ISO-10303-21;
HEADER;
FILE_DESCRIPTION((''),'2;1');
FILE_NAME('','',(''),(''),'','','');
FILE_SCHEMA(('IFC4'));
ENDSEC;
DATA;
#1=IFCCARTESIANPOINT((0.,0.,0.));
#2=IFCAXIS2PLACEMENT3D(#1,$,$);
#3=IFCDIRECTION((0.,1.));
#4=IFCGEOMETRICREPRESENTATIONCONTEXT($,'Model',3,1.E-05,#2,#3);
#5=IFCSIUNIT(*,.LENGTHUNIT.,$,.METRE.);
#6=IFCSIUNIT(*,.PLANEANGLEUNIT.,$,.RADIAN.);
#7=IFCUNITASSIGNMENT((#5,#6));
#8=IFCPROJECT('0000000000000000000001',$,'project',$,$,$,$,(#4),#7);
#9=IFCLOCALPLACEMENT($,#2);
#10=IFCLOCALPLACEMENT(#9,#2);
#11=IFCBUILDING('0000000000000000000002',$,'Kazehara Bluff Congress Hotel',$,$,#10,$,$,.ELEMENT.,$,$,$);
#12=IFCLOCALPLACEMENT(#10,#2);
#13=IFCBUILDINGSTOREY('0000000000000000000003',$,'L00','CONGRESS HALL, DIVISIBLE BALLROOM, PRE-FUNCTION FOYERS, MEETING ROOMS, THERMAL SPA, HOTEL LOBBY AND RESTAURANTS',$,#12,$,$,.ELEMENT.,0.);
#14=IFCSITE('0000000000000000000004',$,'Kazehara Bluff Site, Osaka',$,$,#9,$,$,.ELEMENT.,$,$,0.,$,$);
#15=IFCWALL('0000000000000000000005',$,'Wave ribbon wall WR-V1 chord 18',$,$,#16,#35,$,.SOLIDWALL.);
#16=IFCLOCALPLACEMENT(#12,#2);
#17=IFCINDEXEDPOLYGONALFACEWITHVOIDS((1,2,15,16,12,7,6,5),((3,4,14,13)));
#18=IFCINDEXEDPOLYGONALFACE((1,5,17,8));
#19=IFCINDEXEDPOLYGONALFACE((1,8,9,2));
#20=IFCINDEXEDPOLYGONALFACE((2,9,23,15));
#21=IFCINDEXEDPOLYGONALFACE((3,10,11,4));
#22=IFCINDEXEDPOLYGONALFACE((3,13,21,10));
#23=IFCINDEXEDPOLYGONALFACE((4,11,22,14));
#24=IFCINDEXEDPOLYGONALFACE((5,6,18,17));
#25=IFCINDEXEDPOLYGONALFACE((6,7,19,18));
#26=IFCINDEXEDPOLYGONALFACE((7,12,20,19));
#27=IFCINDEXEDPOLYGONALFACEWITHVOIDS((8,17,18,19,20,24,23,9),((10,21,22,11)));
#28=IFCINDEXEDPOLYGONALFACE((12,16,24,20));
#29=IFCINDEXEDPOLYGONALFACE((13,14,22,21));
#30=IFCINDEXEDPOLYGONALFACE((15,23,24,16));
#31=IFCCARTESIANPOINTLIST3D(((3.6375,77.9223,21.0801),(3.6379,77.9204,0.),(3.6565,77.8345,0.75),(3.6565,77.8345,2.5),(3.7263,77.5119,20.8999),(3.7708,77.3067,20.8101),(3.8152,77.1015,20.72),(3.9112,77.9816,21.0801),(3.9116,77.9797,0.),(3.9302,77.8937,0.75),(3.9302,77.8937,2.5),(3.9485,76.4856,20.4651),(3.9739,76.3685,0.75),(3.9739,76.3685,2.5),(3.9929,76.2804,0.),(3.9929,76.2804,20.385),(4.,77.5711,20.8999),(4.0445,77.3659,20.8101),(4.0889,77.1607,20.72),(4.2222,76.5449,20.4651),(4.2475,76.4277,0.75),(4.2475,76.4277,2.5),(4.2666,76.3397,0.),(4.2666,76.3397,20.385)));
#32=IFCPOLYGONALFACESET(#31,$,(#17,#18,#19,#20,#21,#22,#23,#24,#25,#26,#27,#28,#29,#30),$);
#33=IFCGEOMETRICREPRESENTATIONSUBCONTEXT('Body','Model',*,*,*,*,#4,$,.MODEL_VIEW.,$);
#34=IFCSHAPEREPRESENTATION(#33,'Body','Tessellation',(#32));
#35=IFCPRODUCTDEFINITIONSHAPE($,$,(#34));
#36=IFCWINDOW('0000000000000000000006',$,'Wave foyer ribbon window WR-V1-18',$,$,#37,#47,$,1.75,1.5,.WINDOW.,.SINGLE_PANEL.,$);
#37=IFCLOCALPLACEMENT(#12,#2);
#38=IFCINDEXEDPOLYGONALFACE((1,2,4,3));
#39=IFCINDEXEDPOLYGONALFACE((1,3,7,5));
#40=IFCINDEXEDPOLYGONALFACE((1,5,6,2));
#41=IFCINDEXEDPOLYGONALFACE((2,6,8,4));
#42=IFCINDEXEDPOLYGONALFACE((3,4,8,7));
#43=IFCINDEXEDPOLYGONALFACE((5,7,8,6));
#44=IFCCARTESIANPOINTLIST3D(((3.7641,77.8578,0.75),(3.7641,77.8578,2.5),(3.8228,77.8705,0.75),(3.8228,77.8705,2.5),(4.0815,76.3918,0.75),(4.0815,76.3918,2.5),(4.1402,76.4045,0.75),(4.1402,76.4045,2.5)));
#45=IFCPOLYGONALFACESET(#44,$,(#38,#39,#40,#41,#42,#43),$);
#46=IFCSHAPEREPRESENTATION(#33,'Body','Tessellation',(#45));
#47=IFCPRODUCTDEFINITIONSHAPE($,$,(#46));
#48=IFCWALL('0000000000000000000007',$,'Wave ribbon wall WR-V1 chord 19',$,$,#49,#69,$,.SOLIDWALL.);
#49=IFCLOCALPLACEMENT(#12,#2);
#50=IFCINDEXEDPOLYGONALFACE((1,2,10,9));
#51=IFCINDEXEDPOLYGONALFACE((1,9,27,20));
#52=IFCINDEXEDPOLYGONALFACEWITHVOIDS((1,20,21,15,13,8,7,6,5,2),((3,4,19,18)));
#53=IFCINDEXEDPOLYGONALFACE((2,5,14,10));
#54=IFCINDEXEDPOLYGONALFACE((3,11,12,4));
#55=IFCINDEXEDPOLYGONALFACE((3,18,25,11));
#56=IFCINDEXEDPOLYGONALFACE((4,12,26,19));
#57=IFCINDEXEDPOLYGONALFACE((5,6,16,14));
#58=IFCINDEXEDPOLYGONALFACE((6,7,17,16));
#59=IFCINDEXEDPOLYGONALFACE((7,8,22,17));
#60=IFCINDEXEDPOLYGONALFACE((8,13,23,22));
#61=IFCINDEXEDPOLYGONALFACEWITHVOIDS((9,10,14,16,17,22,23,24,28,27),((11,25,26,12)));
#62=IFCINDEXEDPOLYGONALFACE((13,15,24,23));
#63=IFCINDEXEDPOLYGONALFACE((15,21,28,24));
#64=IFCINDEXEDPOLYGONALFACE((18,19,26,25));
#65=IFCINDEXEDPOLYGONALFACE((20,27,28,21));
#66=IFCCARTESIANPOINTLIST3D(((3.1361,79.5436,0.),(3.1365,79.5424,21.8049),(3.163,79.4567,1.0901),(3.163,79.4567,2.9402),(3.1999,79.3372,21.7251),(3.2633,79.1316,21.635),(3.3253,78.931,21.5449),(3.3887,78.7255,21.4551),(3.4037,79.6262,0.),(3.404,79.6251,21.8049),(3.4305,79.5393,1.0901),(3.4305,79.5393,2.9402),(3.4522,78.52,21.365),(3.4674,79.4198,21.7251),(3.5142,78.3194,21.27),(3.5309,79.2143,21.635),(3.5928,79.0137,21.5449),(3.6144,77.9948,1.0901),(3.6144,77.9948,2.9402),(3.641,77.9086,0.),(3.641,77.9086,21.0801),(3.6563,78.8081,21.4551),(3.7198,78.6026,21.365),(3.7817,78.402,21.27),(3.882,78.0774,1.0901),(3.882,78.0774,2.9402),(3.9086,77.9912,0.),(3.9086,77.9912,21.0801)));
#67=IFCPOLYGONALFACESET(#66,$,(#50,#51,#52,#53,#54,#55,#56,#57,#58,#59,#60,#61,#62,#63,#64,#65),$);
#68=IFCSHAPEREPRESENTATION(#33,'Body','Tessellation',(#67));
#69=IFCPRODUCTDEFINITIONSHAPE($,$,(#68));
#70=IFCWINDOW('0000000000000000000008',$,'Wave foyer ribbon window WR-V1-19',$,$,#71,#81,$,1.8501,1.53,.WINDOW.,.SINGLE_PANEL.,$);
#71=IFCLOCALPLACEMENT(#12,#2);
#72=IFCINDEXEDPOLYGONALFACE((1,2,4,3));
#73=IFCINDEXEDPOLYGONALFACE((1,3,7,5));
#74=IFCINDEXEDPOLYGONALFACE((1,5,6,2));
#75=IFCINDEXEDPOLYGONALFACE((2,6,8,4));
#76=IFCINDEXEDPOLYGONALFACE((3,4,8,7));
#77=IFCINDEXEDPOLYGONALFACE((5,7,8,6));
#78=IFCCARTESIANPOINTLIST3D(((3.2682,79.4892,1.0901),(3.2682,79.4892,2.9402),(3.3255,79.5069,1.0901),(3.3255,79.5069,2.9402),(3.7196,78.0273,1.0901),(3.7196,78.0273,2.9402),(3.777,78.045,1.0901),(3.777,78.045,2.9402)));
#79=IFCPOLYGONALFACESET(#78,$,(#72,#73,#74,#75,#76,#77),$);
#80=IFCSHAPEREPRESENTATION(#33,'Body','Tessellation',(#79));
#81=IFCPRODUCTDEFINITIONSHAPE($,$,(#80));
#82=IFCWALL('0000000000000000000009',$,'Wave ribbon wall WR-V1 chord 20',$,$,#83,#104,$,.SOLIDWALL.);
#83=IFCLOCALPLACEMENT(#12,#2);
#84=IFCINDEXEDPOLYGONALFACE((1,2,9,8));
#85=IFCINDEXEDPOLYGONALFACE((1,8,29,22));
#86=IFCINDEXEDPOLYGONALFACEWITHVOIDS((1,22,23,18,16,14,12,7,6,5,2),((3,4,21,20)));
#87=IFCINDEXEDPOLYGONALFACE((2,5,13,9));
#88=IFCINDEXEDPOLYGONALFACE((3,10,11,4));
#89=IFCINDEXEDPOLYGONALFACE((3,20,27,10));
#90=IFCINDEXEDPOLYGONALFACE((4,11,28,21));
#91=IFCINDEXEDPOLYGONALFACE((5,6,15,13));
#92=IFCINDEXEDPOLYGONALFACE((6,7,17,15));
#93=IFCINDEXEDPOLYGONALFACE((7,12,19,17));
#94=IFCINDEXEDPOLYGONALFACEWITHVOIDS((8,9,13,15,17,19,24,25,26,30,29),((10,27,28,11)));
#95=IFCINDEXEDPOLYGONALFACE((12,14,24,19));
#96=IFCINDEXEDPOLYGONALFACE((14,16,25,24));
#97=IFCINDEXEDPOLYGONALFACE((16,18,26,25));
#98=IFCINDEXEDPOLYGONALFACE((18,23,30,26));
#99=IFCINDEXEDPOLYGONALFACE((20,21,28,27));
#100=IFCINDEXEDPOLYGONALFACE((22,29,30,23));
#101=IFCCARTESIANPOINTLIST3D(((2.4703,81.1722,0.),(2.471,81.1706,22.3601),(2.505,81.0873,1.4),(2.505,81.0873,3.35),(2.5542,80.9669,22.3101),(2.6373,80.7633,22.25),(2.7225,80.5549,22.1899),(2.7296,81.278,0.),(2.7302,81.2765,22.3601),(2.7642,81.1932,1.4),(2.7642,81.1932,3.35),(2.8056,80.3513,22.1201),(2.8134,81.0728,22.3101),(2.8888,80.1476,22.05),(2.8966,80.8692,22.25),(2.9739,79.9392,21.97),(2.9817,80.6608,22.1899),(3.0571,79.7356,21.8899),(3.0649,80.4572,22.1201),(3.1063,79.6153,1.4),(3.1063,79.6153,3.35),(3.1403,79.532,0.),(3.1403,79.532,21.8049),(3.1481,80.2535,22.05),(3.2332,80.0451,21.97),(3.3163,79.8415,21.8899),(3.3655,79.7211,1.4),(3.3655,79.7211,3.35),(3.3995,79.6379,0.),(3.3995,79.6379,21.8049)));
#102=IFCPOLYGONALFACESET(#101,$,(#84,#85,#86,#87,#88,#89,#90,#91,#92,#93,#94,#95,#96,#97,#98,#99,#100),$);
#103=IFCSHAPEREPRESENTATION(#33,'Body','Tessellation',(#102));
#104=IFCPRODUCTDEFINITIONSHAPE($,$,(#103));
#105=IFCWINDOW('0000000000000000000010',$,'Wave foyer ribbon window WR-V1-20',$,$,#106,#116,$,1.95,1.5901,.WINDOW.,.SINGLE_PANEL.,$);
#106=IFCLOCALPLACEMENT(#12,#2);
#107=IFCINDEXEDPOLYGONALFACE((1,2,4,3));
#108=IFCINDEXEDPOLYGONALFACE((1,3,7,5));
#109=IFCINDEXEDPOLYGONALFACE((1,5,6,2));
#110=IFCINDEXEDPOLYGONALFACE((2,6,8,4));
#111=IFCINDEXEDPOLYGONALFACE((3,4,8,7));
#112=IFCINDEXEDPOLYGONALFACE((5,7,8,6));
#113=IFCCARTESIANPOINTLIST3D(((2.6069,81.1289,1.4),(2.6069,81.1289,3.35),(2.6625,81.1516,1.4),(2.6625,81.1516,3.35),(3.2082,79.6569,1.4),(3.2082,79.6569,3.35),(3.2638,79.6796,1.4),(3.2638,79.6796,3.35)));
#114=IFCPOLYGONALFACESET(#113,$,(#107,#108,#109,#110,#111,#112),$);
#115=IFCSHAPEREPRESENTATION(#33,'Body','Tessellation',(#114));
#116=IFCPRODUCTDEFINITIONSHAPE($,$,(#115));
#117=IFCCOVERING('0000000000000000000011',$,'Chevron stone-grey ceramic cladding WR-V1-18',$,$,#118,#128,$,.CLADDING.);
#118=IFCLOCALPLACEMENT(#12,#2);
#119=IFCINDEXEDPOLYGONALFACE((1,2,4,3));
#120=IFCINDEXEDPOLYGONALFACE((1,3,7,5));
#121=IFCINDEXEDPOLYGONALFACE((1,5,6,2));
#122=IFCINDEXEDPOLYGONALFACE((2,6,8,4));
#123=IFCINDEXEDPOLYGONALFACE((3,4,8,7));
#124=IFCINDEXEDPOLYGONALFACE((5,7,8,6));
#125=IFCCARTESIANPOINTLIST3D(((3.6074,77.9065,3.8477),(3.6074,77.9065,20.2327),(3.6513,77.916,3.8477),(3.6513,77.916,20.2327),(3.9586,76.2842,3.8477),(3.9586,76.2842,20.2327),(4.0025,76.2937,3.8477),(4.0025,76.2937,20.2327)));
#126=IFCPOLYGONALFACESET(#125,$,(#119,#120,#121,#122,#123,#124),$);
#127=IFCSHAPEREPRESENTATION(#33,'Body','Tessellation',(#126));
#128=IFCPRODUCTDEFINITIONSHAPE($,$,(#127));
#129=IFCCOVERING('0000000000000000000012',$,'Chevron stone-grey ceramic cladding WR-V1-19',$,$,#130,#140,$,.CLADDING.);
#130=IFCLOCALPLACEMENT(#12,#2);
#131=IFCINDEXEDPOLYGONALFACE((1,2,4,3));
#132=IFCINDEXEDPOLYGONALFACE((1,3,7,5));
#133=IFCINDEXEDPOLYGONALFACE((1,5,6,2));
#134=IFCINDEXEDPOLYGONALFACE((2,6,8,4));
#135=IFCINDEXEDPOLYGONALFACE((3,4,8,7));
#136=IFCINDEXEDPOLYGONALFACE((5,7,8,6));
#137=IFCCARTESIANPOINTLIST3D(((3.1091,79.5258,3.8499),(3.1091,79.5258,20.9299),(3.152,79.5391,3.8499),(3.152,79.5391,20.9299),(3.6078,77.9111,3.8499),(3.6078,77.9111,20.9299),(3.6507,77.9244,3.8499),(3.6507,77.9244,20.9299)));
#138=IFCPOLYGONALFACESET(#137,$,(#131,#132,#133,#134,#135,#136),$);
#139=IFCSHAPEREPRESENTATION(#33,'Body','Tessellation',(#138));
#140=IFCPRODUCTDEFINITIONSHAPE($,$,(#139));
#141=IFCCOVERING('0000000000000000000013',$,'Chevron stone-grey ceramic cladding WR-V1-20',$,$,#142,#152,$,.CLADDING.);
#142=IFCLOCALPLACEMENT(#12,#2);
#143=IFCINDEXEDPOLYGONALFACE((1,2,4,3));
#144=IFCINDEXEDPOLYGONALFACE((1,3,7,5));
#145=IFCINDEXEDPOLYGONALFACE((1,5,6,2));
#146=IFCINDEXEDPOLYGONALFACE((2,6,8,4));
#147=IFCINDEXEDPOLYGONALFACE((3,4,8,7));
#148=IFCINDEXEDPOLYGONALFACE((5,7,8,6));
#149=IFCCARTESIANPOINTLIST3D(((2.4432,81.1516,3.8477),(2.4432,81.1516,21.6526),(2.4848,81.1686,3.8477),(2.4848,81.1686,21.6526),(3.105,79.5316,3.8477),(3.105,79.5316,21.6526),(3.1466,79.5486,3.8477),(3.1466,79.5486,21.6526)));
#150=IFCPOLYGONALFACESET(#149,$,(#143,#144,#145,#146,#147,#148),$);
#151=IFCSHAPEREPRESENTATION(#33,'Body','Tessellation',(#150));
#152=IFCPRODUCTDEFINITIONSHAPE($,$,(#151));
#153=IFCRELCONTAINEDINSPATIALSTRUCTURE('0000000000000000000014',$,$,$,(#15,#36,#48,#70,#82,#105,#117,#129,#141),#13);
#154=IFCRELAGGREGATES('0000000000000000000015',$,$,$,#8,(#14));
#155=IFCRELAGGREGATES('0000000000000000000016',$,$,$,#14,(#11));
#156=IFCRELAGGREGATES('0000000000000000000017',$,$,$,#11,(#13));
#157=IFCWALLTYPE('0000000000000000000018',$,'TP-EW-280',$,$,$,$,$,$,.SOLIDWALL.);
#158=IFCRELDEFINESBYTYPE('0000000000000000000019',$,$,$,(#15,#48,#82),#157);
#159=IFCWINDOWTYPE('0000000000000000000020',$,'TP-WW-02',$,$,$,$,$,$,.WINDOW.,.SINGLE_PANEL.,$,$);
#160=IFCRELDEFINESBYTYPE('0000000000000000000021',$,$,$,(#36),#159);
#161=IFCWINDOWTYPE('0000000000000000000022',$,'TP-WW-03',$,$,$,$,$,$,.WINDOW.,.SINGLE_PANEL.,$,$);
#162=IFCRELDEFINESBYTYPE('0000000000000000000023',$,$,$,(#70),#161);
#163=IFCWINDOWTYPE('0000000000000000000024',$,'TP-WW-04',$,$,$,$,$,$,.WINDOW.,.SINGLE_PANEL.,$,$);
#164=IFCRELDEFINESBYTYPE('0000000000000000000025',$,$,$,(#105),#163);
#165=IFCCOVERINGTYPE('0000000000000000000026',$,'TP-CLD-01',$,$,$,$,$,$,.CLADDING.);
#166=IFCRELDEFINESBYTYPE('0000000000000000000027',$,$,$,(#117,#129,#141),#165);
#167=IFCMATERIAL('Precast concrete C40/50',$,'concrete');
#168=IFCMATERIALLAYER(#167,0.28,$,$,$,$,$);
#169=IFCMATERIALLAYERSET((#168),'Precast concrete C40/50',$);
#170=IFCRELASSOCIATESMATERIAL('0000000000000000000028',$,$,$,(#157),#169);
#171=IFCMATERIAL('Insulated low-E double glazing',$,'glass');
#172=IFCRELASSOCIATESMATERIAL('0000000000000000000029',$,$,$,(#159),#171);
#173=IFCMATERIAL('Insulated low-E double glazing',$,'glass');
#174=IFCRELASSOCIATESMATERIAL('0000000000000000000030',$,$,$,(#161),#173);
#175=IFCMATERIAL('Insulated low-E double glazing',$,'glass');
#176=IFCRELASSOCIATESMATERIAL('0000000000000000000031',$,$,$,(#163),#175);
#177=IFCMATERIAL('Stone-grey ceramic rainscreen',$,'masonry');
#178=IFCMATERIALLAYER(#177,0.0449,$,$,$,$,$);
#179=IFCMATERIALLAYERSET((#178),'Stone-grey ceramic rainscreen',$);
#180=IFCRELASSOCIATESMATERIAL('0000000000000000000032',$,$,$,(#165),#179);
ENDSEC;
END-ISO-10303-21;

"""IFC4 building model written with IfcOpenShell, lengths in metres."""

from ifc_helpers import new_model, si_unit, direction, frame, frame_2d, origin, origin_2d, place, context, subcontext, project, spatial, polyline, rectangle, outline, extrude, material, layer, layer_set, type_object, element, fill, save


model = new_model("IFC4")

# Units and contexts
model_context = context("Model", 3, precision=1e-05, world=origin(), true_north=direction((0.0, 1.0)))
body_context = subcontext(model_context, "Body", "Model", "MODEL_VIEW")
ifc_project = project(units=[si_unit("LENGTHUNIT", "METRE"), si_unit("PLANEANGLEUNIT", "RADIAN")], contexts=[model_context])

# Site, building, storey
site_placement = place(None, origin())
site = spatial("IfcSite", under=ifc_project, at=site_placement, Name="Kazehara Bluff Site, Osaka", CompositionType="ELEMENT", RefElevation=0.0)
building_placement = place(site_placement, origin())
building = spatial("IfcBuilding", under=site, at=building_placement, Name="Kazehara Bluff Congress Hotel", CompositionType="ELEMENT")
storey_placement = place(building_placement, origin())
storey = spatial("IfcBuildingStorey", under=building, at=storey_placement, Name="L00", Description="CONGRESS HALL, DIVISIBLE BALLROOM, PRE-FUNCTION FOYERS, MEETING ROOMS, THERMAL SPA, HOTEL LOBBY AND RESTAURANTS", CompositionType="ELEMENT", Elevation=0.0)

# Walls, openings, windows
ifc_material_1 = material(Name="Precast concrete C40/50", Category="concrete")
ifc_layer_1 = layer(ifc_material_1, 0.28)
ifc_layer_set_1 = layer_set([ifc_layer_1], Name="Precast concrete C40/50")
wall_type = type_object("IfcWallType", Name="TP-EW-280", PredefinedType="SOLIDWALL", material=ifc_layer_set_1)
wall_1_placement = place(storey_placement, frame((4.1299, 76.3101, 0.0), z_axis=(0.0, 0.0, 1.0), x_axis=(-0.211566, 0.977364, 0.0)))
wall_1 = element("IfcWall", 1, at=wall_1_placement, inside=storey, type_object=wall_type, Name="Wave ribbon wall WR-V1 chord 18", PredefinedType="SOLIDWALL", context=body_context, shape_type="SweptSolid", body=[
    extrude(outline(polyline([(0.0, 0.0), (1.678, 0.0), (1.6799, 21.0801), (1.47, 20.99), (1.26, 20.8999), (1.05, 20.8101), (0.8401, 20.72), (0.6299, 20.635), (0.4199, 20.55), (0.21, 20.4651), (0.0, 20.385), (0.0, 0.0)])), frame((0.0, 0.1401, 0.0), z_axis=(0.0, -1.0, 0.0), x_axis=(1.0, 0.0, 0.0)), (0.0, 0.0, 1.0), 0.28),
])
opening_1_placement = place(wall_1_placement, frame((0.0901, 0.0, 0.75)))
opening_1 = element("IfcOpeningElement", 2, at=opening_1_placement, cuts=wall_1, PredefinedType="OPENING", context=body_context, shape_type="SweptSolid", body=[
    extrude(rectangle(XDim=1.5, YDim=1.75, at=frame_2d((0.75, 0.875))), frame((0.0, 0.1499, 0.0), z_axis=(0.0, -1.0, 0.0), x_axis=(1.0, 0.0, 0.0)), (0.0, 0.0, 1.0), 0.3),
])
ifc_material_2 = material(Name="Insulated low-E double glazing", Category="glass")
window_type_1 = type_object("IfcWindowType", Name="TP-WW-02", PartitioningType="SINGLE_PANEL", PredefinedType="WINDOW", material=ifc_material_2)
window_1_placement = place(opening_1_placement, origin())
window_1 = element("IfcWindow", 3, at=window_1_placement, inside=storey, type_object=window_type_1, Name="Wave foyer ribbon window WR-V1-18", OverallHeight=1.75, OverallWidth=1.5, PartitioningType="SINGLE_PANEL", PredefinedType="WINDOW", context=body_context, shape_type="SweptSolid", body=[
    extrude(rectangle(XDim=1.5, YDim=1.75, at=frame_2d((0.75, 0.875))), frame((0.0, 0.03, 0.0), z_axis=(0.0, -1.0, 0.0), x_axis=(1.0, 0.0, 0.0)), (0.0, 0.0, 1.0), 0.0601),
])
fill(opening_1, window_1)
wall_2_placement = place(storey_placement, frame((3.7749, 77.95, 0.0), z_axis=(0.0, 0.0, 1.0), x_axis=(-0.295048, 0.955482, 0.0)))
wall_2 = element("IfcWall", 4, at=wall_2_placement, inside=storey, type_object=wall_type, Name="Wave ribbon wall WR-V1 chord 19", PredefinedType="SOLIDWALL", context=body_context, shape_type="SweptSolid", body=[
    extrude(outline(polyline([(0.0, 0.0), (1.7112, 0.0), (1.71, 21.8049), (1.4951, 21.7251), (1.28, 21.635), (1.0701, 21.5449), (0.855, 21.4551), (0.6399, 21.365), (0.4299, 21.27), (0.2151, 21.175), (0.0, 21.0801), (0.0, 0.0)])), frame((0.0, 0.1401, 0.0), z_axis=(0.0, -1.0, 0.0), x_axis=(1.0, 0.0, 0.0)), (0.0, 0.0, 1.0), 0.28),
])
opening_2_placement = place(wall_2_placement, frame((0.0901, 0.0, 1.0901)))
opening_2 = element("IfcOpeningElement", 5, at=opening_2_placement, cuts=wall_2, PredefinedType="OPENING", context=body_context, shape_type="SweptSolid", body=[
    extrude(rectangle(XDim=1.53, YDim=1.8501, at=frame_2d((0.7651, 0.925))), frame((0.0, 0.1499, 0.0), z_axis=(0.0, -1.0, 0.0), x_axis=(1.0, 0.0, 0.0)), (0.0, 0.0, 1.0), 0.3),
])
ifc_material_3 = material(Name="Insulated low-E double glazing", Category="glass")
window_type_2 = type_object("IfcWindowType", Name="TP-WW-03", PartitioningType="SINGLE_PANEL", PredefinedType="WINDOW", material=ifc_material_3)
window_2_placement = place(opening_2_placement, origin())
window_2 = element("IfcWindow", 6, at=window_2_placement, inside=storey, type_object=window_type_2, Name="Wave foyer ribbon window WR-V1-19", OverallHeight=1.8501, OverallWidth=1.53, PartitioningType="SINGLE_PANEL", PredefinedType="WINDOW", context=body_context, shape_type="SweptSolid", body=[
    extrude(rectangle(XDim=1.53, YDim=1.8501, at=frame_2d((0.7651, 0.925))), frame((0.0, 0.03, 0.0), z_axis=(0.0, -1.0, 0.0), x_axis=(1.0, 0.0, 0.0)), (0.0, 0.0, 1.0), 0.0601),
])
fill(opening_2, window_2)
wall_3_placement = place(storey_placement, frame((3.27, 79.585, 0.0), z_axis=(0.0, 0.0, 1.0), x_axis=(-0.378128, 0.925753, 0.0)))
wall_3 = element("IfcWall", 7, at=wall_3_placement, inside=storey, type_object=wall_type, Name="Wave ribbon wall WR-V1 chord 20", PredefinedType="SOLIDWALL", context=body_context, shape_type="SweptSolid", body=[
    extrude(outline(polyline([(0.0, 0.0), (1.7717, 0.0), (1.77, 22.3601), (1.55, 22.3101), (1.3301, 22.25), (1.105, 22.1899), (0.885, 22.1201), (0.665, 22.05), (0.4399, 21.97), (0.22, 21.8899), (0.0, 21.8049), (0.0, 0.0)])), frame((0.0, 0.1401, 0.0), z_axis=(0.0, -1.0, 0.0), x_axis=(1.0, 0.0, 0.0)), (0.0, 0.0, 1.0), 0.28),
])
opening_3_placement = place(wall_3_placement, frame((0.0901, 0.0, 1.3999)))
opening_3 = element("IfcOpeningElement", 8, at=opening_3_placement, cuts=wall_3, PredefinedType="OPENING", context=body_context, shape_type="SweptSolid", body=[
    extrude(rectangle(XDim=1.5901, YDim=1.95, at=frame_2d((0.7949, 0.9751))), frame((0.0, 0.1499, 0.0), z_axis=(0.0, -1.0, 0.0), x_axis=(1.0, 0.0, 0.0)), (0.0, 0.0, 1.0), 0.3),
])
ifc_material_4 = material(Name="Insulated low-E double glazing", Category="glass")
window_type_3 = type_object("IfcWindowType", Name="TP-WW-04", PartitioningType="SINGLE_PANEL", PredefinedType="WINDOW", material=ifc_material_4)
window_3_placement = place(opening_3_placement, origin())
window_3 = element("IfcWindow", 9, at=window_3_placement, inside=storey, type_object=window_type_3, Name="Wave foyer ribbon window WR-V1-20", OverallHeight=1.95, OverallWidth=1.5901, PartitioningType="SINGLE_PANEL", PredefinedType="WINDOW", context=body_context, shape_type="SweptSolid", body=[
    extrude(rectangle(XDim=1.5901, YDim=1.95, at=frame_2d((0.7949, 0.9751))), frame((0.0, 0.03, 0.0), z_axis=(0.0, -1.0, 0.0), x_axis=(1.0, 0.0, 0.0)), (0.0, 0.0, 1.0), 0.0601),
])
fill(opening_3, window_3)

# Coverings
ifc_material_5 = material(Name="Stone-grey ceramic rainscreen", Category="masonry")
ifc_layer_2 = layer(ifc_material_5, 0.0449)
ifc_layer_set_2 = layer_set([ifc_layer_2], Name="Stone-grey ceramic rainscreen")
covering_type_1 = type_object("IfcCoveringType", Name="TP-CLD-01", PredefinedType="CLADDING", material=ifc_layer_set_2)
covering_1_placement = place(storey_placement, frame((3.8049, 77.1001, 3.8477), z_axis=(0.0, 0.0, 1.0), x_axis=(-0.211564, 0.977364, 0.0)))
element("IfcCovering", 10, at=covering_1_placement, inside=storey, type_object=covering_type_1, Name="Chevron stone-grey ceramic cladding WR-V1-18", PredefinedType="CLADDING", context=body_context, shape_type="SweptSolid", body=[
    extrude(rectangle(XDim=1.6599, YDim=0.0449, at=origin_2d()), origin(), (0.0, 0.0, 1.0), 16.385),
])
covering_2_placement = place(storey_placement, frame((3.3799, 78.7251, 3.8499), z_axis=(0.0, 0.0, 1.0), x_axis=(-0.295113, 0.955462, 0.0)))
element("IfcCovering", 11, at=covering_2_placement, inside=storey, type_object=covering_type_1, Name="Chevron stone-grey ceramic cladding WR-V1-19", PredefinedType="CLADDING", context=body_context, shape_type="SweptSolid", body=[
    extrude(rectangle(XDim=1.6899, YDim=0.0449, at=origin_2d()), origin(), (0.0, 0.0, 1.0), 17.0801),
])
covering_3_placement = place(storey_placement, frame((2.7949, 80.3501, 3.8477), z_axis=(0.0, 0.0, 1.0), x_axis=(-0.378193, 0.925727, 0.0)))
element("IfcCovering", 12, at=covering_3_placement, inside=storey, type_object=covering_type_1, Name="Chevron stone-grey ceramic cladding WR-V1-20", PredefinedType="CLADDING", context=body_context, shape_type="SweptSolid", body=[
    extrude(rectangle(XDim=1.75, YDim=0.0449, at=origin_2d()), origin(), (0.0, 0.0, 1.0), 17.8049),
])

save(model, "model.ifc")
